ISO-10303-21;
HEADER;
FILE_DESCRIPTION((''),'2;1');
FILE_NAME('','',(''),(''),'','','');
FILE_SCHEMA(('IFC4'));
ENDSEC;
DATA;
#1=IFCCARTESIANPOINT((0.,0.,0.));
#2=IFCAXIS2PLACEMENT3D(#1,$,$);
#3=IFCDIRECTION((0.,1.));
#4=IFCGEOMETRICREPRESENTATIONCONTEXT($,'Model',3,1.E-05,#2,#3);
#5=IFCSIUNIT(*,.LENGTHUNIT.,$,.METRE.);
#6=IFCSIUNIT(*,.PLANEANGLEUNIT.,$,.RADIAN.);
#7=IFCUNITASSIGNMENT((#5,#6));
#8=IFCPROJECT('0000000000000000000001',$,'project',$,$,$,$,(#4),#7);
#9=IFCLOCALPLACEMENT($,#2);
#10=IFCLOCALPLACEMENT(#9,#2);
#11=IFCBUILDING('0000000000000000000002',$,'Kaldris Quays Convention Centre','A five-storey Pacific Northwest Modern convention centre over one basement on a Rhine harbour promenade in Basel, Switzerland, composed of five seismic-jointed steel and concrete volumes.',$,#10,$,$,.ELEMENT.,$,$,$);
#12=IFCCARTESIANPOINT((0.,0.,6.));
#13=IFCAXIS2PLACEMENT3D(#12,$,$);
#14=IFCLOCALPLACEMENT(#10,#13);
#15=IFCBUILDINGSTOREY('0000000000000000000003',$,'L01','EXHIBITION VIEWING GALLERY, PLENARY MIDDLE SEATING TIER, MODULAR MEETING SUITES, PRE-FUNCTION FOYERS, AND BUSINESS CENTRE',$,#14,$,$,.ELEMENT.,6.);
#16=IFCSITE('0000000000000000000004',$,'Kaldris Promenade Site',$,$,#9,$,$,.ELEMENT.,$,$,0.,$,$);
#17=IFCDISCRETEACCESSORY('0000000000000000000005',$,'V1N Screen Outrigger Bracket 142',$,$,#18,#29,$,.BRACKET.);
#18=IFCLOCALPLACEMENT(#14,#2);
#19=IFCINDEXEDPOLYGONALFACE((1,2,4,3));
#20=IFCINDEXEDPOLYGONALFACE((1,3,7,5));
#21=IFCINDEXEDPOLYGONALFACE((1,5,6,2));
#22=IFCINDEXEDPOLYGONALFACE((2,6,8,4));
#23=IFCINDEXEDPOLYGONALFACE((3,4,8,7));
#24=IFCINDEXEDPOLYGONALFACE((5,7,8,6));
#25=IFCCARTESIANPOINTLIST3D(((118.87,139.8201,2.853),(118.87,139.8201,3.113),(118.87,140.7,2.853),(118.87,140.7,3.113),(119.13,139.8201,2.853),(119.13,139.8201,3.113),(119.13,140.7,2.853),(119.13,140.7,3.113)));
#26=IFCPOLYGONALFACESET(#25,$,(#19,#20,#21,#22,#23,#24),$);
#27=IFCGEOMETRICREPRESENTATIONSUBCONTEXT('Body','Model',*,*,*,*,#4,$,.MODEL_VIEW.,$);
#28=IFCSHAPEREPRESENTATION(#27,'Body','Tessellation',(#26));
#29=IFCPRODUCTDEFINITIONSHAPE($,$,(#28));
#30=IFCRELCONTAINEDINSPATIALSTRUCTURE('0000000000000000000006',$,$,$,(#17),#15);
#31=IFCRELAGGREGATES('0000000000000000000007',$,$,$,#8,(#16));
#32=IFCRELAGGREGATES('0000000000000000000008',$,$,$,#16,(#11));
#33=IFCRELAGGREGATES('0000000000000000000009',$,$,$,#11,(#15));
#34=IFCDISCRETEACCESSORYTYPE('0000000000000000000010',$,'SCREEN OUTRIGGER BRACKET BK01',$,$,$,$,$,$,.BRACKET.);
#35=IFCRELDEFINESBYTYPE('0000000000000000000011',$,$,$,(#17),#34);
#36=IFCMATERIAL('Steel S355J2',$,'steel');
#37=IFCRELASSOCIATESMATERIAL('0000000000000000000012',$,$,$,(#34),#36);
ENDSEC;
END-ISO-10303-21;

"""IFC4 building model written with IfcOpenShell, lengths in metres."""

from ifc_helpers import new_model, si_unit, direction, frame, origin, origin_2d, place, context, subcontext, project, spatial, rectangle, extrude, material, type_object, element, save


model = new_model("IFC4")

# Units and contexts
model_context = context("Model", 3, precision=1e-05, world=origin(), true_north=direction((0.0, 1.0)))
body_context = subcontext(model_context, "Body", "Model", "MODEL_VIEW")
ifc_project = project(units=[si_unit("LENGTHUNIT", "METRE"), si_unit("PLANEANGLEUNIT", "RADIAN")], contexts=[model_context])

# Site, building, storey
site_placement = place(None, origin())
site = spatial("IfcSite", under=ifc_project, at=site_placement, Name="Kaldris Promenade Site", CompositionType="ELEMENT", RefElevation=0.0)
building_placement = place(site_placement, origin())
building = spatial("IfcBuilding", under=site, at=building_placement, Name="Kaldris Quays Convention Centre", Description="A five-storey Pacific Northwest Modern convention centre over one basement on a Rhine harbour promenade in Basel, Switzerland, composed of five seismic-jointed steel and concrete volumes.", CompositionType="ELEMENT")
storey_placement = place(building_placement, frame((0.0, 0.0, 6.0)))
storey = spatial("IfcBuildingStorey", under=building, at=storey_placement, Name="L01", Description="EXHIBITION VIEWING GALLERY, PLENARY MIDDLE SEATING TIER, MODULAR MEETING SUITES, PRE-FUNCTION FOYERS, AND BUSINESS CENTRE", CompositionType="ELEMENT", Elevation=6.0)

# Shared definitions
ifc_material_1 = material(Name="Steel S355J2", Category="steel")

# Discrete accessory
discrete_accessory_type = type_object("IfcDiscreteAccessoryType", Name="SCREEN OUTRIGGER BRACKET BK01", PredefinedType="BRACKET", material=ifc_material_1)
for number, where, z_axis, x_axis, name in (
    (1, (119.0, 140.26, 2.853), (0.0, 0.0, 1.0), (1.0, 0.0, 0.0), "V1N Screen Outrigger Bracket 142"),
):
    element("IfcDiscreteAccessory", number, at=place(storey_placement, frame(where, z_axis=z_axis, x_axis=x_axis)), inside=storey, type_object=discrete_accessory_type, Name=name, PredefinedType="BRACKET", context=body_context, shape_type="SweptSolid", body=[
        extrude(rectangle(XDim=0.26, YDim=0.8799, at=origin_2d()), origin(), (0.0, 0.0, 1.0), 0.26),
    ])

save(model, "model.ifc")
